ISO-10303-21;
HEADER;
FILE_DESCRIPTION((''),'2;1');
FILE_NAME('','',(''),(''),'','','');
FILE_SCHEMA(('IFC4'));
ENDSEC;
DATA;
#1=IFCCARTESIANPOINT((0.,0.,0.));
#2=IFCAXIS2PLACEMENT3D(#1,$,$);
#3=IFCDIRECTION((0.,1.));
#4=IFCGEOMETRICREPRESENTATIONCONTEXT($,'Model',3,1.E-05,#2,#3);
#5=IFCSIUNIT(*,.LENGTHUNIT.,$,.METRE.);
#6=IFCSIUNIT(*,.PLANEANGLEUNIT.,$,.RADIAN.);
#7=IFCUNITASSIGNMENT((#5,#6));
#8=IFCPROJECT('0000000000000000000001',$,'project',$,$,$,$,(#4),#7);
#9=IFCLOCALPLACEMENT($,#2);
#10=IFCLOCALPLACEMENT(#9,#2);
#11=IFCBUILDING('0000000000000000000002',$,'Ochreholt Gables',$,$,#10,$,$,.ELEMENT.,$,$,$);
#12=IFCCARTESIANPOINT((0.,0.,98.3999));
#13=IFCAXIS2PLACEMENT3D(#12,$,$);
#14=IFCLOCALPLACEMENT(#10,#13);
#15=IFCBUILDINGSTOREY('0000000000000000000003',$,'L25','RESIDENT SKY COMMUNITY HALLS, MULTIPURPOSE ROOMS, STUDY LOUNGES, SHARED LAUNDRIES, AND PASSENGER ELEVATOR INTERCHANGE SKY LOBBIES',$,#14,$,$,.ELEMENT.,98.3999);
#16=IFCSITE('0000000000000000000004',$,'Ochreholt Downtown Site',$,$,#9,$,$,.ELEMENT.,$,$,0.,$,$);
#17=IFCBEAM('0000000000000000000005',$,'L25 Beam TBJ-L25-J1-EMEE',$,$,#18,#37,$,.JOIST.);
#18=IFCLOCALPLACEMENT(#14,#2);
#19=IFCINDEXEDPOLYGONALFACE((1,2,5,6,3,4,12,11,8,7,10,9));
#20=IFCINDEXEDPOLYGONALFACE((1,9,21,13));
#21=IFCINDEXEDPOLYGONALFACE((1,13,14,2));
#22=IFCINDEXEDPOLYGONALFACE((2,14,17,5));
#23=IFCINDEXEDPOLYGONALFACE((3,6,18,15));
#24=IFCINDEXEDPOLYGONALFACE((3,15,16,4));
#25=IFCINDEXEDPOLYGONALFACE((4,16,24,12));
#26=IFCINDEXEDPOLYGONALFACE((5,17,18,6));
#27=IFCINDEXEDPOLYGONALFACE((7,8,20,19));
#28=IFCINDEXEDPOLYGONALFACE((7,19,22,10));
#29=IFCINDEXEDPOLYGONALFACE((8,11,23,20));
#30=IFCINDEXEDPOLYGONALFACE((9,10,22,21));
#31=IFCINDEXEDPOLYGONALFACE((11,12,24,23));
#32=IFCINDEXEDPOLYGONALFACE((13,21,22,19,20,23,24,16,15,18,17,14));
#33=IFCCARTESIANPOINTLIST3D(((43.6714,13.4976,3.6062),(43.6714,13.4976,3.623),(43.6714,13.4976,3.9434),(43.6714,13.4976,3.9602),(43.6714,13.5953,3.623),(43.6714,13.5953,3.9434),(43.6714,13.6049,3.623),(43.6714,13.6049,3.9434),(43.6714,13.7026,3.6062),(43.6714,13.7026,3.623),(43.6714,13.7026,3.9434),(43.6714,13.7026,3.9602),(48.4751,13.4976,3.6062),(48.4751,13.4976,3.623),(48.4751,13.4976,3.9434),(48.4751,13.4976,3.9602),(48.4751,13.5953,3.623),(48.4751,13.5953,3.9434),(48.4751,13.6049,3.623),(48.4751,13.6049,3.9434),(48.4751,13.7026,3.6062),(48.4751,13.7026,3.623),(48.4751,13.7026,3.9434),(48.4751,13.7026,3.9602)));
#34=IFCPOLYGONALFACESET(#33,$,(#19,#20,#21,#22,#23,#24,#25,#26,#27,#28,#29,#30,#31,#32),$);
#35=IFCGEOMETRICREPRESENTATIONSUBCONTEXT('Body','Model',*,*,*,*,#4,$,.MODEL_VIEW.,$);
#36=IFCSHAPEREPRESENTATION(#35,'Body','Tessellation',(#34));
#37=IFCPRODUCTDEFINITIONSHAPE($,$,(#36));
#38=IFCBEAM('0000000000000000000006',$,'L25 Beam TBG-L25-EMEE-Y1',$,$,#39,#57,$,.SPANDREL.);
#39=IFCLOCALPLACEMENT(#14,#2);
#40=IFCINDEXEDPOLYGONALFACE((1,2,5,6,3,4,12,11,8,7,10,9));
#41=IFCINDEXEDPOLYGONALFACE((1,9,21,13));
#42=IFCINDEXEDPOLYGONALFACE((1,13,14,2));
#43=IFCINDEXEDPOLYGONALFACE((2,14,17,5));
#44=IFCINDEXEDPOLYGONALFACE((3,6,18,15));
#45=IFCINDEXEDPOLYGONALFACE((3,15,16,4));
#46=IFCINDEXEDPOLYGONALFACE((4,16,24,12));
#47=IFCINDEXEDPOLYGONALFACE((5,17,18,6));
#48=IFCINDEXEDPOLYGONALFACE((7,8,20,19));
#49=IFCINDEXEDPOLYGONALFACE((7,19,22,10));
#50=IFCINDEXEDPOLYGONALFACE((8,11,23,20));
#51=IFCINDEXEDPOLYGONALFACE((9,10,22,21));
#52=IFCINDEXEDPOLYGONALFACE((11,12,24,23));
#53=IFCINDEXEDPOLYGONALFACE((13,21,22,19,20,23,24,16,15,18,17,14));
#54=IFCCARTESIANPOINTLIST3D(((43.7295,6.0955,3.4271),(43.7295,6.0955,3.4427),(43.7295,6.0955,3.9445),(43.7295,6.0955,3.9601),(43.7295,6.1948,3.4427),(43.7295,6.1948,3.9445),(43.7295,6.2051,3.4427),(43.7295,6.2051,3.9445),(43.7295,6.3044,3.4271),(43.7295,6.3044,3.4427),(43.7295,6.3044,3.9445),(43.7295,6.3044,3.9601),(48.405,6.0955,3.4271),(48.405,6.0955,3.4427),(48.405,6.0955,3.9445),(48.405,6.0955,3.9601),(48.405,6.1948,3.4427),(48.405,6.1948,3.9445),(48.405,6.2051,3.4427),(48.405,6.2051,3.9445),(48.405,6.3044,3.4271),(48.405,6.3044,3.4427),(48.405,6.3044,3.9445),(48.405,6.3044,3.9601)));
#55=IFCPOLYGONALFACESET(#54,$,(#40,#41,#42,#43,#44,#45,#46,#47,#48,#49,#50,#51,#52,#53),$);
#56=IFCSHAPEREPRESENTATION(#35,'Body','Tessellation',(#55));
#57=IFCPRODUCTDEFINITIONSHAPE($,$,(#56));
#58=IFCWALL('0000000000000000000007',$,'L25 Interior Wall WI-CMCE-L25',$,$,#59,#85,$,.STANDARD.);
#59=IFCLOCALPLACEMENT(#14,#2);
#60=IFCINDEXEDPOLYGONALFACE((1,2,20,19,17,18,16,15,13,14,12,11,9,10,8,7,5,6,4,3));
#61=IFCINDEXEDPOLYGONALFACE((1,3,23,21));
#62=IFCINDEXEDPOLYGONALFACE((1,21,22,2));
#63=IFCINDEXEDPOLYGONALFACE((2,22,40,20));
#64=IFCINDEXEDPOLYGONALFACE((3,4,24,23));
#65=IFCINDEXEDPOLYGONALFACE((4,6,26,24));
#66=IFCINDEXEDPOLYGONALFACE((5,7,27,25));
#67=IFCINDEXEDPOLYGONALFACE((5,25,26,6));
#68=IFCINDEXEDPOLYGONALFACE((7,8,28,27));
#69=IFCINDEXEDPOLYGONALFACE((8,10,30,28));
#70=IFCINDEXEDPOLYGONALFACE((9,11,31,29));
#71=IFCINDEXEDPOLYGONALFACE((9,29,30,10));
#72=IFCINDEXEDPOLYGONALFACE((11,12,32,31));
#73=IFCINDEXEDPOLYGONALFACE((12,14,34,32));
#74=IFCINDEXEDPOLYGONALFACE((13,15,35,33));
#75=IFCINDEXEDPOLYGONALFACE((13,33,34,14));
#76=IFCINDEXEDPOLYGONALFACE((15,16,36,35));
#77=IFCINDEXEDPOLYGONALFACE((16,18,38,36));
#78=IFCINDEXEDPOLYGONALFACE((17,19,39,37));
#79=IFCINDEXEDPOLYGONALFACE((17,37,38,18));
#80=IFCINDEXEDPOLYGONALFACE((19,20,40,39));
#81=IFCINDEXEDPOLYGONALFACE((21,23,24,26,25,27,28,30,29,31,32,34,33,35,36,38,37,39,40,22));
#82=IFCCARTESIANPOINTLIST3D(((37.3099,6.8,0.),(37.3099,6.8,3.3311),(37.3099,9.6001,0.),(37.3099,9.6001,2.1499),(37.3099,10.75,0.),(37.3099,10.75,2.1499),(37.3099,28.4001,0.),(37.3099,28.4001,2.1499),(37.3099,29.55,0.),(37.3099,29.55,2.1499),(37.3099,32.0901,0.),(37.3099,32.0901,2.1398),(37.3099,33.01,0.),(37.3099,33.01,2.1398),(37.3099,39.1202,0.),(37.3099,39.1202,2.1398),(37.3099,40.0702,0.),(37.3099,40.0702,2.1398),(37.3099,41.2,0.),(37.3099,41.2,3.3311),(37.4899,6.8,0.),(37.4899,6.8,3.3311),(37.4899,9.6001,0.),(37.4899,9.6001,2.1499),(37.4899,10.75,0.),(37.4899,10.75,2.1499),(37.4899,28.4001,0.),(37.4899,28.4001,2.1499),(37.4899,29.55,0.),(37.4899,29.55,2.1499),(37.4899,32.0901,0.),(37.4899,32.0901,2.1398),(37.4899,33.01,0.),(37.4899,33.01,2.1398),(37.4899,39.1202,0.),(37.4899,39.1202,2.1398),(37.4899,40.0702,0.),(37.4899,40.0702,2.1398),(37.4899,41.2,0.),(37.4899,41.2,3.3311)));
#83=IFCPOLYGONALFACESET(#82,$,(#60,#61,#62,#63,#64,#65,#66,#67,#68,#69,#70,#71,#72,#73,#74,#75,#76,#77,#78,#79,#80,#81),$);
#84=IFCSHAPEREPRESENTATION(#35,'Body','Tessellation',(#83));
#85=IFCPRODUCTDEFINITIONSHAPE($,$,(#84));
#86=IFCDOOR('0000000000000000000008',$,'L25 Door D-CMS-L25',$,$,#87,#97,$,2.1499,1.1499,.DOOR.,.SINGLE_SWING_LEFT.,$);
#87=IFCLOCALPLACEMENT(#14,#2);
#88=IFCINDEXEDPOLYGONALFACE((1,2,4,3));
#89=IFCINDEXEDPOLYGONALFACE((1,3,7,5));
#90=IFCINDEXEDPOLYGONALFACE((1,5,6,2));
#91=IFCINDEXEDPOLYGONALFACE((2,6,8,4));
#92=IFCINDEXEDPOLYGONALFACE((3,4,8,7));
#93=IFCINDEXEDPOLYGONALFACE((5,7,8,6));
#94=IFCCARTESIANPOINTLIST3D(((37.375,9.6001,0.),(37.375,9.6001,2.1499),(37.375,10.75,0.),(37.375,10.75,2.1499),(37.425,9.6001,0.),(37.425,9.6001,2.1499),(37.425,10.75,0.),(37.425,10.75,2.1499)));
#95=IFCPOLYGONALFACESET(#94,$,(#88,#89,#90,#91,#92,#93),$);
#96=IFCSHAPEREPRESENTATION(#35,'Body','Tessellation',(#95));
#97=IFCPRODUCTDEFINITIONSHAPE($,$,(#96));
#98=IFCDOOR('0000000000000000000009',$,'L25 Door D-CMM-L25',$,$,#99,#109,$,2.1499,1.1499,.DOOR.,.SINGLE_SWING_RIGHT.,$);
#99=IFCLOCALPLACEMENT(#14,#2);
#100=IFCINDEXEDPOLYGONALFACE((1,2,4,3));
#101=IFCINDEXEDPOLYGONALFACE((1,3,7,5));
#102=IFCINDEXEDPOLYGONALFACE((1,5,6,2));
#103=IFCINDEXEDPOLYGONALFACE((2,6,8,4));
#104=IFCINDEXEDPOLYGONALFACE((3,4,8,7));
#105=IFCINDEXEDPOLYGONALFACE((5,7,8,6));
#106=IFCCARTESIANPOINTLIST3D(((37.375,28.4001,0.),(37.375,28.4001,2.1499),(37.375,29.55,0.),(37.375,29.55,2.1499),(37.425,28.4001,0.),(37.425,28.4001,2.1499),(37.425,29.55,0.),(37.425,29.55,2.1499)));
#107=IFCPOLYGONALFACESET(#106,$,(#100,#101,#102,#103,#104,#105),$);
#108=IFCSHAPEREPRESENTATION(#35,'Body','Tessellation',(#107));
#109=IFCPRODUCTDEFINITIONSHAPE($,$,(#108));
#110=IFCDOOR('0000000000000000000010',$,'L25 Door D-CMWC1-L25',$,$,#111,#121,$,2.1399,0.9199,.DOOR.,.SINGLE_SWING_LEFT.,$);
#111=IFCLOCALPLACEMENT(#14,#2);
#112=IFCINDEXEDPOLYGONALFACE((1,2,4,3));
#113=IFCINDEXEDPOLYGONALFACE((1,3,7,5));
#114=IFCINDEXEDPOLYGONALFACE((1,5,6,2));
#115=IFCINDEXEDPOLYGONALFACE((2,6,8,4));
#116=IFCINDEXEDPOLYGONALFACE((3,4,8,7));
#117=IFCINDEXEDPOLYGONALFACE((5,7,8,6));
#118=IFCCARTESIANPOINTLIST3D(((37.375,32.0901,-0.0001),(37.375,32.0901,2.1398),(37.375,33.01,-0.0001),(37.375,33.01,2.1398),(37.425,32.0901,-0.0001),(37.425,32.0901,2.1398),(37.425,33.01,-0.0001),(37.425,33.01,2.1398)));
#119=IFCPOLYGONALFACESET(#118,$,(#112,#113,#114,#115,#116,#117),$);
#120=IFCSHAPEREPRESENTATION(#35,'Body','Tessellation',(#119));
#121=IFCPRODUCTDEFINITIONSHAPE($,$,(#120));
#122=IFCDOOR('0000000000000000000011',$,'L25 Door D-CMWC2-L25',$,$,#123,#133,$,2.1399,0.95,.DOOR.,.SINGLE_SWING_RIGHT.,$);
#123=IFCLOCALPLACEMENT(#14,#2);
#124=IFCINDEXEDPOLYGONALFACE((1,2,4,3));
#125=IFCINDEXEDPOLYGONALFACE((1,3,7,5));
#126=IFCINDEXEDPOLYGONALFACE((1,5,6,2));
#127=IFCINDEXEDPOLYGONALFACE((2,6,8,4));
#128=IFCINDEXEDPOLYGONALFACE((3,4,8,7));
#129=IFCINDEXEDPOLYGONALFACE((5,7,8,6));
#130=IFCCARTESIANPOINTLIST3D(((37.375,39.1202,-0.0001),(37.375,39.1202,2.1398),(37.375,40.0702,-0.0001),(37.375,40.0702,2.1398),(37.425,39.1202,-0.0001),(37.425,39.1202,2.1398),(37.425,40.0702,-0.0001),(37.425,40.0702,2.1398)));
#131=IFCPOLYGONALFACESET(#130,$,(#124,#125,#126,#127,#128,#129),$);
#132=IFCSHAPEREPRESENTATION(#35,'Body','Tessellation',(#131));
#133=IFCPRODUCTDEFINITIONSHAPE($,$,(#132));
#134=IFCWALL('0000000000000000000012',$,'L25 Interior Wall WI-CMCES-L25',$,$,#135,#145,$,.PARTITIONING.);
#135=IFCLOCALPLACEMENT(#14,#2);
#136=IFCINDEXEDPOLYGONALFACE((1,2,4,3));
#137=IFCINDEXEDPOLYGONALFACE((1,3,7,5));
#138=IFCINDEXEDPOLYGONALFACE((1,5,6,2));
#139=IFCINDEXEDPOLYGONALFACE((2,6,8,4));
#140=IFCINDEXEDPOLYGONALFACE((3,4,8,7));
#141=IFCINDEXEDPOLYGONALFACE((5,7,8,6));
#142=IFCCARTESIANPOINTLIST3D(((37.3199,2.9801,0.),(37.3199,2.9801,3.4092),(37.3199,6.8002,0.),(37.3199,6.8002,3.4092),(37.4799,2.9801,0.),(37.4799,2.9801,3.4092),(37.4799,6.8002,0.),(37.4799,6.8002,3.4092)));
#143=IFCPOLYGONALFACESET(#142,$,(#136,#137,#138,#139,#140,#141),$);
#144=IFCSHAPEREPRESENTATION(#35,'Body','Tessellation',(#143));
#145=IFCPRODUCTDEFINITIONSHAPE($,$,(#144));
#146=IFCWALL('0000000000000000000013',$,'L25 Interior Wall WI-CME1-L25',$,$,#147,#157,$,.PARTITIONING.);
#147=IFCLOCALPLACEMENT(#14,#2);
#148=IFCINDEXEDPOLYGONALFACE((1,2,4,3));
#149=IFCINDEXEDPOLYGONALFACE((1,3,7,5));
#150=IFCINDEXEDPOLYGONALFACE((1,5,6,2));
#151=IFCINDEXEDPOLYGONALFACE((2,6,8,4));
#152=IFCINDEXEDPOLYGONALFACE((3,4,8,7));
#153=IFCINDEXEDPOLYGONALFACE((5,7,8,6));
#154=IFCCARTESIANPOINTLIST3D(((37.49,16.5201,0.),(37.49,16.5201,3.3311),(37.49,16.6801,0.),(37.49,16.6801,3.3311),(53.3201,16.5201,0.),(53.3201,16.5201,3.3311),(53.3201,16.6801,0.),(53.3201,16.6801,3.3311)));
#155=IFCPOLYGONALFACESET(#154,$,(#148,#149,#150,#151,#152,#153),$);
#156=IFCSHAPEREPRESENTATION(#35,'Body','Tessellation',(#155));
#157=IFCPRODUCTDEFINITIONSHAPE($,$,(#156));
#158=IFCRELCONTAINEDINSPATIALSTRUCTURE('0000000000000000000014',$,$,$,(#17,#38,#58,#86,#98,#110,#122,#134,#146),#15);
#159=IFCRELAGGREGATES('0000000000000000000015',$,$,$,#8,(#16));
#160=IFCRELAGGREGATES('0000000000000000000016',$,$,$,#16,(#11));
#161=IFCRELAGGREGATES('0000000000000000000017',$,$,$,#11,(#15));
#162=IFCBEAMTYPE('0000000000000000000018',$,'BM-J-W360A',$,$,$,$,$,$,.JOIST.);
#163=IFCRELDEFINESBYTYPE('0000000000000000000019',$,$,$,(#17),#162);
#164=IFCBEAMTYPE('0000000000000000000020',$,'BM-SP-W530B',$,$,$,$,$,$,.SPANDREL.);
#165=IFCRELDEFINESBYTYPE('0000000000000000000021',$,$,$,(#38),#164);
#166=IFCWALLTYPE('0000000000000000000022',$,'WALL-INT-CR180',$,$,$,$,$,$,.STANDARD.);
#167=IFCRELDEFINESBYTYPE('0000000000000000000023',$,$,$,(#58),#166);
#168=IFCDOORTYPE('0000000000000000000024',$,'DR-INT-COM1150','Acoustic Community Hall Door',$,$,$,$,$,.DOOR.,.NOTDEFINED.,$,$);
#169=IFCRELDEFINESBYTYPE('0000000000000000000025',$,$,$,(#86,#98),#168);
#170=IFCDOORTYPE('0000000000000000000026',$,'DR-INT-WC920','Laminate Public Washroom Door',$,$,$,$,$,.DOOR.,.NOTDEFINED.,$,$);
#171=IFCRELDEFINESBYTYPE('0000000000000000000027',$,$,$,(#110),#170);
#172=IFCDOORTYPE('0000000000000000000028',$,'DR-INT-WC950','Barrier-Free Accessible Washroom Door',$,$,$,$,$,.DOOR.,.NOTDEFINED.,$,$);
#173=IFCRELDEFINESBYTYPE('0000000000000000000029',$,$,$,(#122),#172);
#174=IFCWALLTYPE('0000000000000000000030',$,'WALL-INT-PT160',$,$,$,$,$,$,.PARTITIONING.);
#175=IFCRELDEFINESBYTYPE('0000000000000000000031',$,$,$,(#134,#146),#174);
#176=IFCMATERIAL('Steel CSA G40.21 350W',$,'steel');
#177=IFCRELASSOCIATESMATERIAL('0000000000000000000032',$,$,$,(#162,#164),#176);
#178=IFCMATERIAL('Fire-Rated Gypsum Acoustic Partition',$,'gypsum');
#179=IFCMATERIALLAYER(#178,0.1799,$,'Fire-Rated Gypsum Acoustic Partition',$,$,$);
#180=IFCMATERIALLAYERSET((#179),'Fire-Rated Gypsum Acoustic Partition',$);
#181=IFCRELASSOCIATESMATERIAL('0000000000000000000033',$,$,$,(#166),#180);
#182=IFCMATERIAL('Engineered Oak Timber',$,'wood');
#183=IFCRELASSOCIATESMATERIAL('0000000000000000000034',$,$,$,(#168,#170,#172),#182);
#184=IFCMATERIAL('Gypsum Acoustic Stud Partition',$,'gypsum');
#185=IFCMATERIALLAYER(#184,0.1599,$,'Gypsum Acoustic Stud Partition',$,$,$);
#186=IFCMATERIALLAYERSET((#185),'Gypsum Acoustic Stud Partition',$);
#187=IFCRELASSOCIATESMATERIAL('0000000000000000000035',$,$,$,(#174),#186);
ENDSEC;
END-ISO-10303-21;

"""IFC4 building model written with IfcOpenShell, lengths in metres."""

from ifc_helpers import new_model, si_unit, direction, frame, frame_2d, origin, origin_2d, place, context, subcontext, project, spatial, rectangle, i_section, extrude, material, layer, layer_set, material_profile, profile_set, type_object, element, fill, save


model = new_model("IFC4")

# Units and contexts
model_context = context("Model", 3, precision=1e-05, world=origin(), true_north=direction((0.0, 1.0)))
body_context = subcontext(model_context, "Body", "Model", "MODEL_VIEW")
ifc_project = project(units=[si_unit("LENGTHUNIT", "METRE"), si_unit("PLANEANGLEUNIT", "RADIAN")], contexts=[model_context])

# Site, building, storey
site_placement = place(None, origin())
site = spatial("IfcSite", under=ifc_project, at=site_placement, Name="Ochreholt Downtown Site", CompositionType="ELEMENT", RefElevation=0.0)
building_placement = place(site_placement, origin())
building = spatial("IfcBuilding", under=site, at=building_placement, Name="Ochreholt Gables", CompositionType="ELEMENT")
storey_placement = place(building_placement, frame((0.0, 0.0, 98.3999)))
storey = spatial("IfcBuildingStorey", under=building, at=storey_placement, Name="L25", Description="RESIDENT SKY COMMUNITY HALLS, MULTIPURPOSE ROOMS, STUDY LOUNGES, SHARED LAUNDRIES, AND PASSENGER ELEVATOR INTERCHANGE SKY LOBBIES", CompositionType="ELEMENT", Elevation=98.3999)

# Shared definitions
ifc_material_1 = material(Name="Steel CSA G40.21 350W", Category="steel")

# Beams
ifc_material_profile_1 = material_profile(ifc_material_1, i_section(OverallWidth=0.2051, OverallDepth=0.354, WebThickness=0.0095, FlangeThickness=0.0168, at=origin_2d()), Name="W360X79")
ifc_profile_set_1 = profile_set([ifc_material_profile_1], Name="Steel CSA G40.21 350W")
beam_type_1 = type_object("IfcBeamType", Name="BM-J-W360A", PredefinedType="JOIST", material=ifc_profile_set_1)
beam_1_placement = place(storey_placement, frame((43.6714, 13.6001, 3.7832), z_axis=(1.0, 0.0, 0.0), x_axis=(0.0, 1.0, 0.0)))
element("IfcBeam", 1, at=beam_1_placement, inside=storey, type_object=beam_type_1, Name="L25 Beam TBJ-L25-J1-EMEE", PredefinedType="JOIST", context=body_context, shape_type="SweptSolid", body=[
    extrude(i_section(OverallWidth=0.2051, OverallDepth=0.354, WebThickness=0.0095, FlangeThickness=0.0168, at=origin_2d()), origin(), (0.0, 0.0, 1.0), 4.8037),
])
ifc_material_profile_2 = material_profile(ifc_material_1, i_section(OverallWidth=0.209, OverallDepth=0.533, WebThickness=0.0103, FlangeThickness=0.0156, at=origin_2d()), Name="W530X92")
ifc_profile_set_2 = profile_set([ifc_material_profile_2], Name="Steel CSA G40.21 350W")
beam_type_2 = type_object("IfcBeamType", Name="BM-SP-W530B", PredefinedType="SPANDREL", material=ifc_profile_set_2)
beam_2_placement = place(storey_placement, frame((43.7295, 6.2, 3.6936), z_axis=(1.0, 0.0, 0.0), x_axis=(0.0, 1.0, 0.0)))
element("IfcBeam", 2, at=beam_2_placement, inside=storey, type_object=beam_type_2, Name="L25 Beam TBG-L25-EMEE-Y1", PredefinedType="SPANDREL", context=body_context, shape_type="SweptSolid", body=[
    extrude(i_section(OverallWidth=0.209, OverallDepth=0.533, WebThickness=0.0103, FlangeThickness=0.0156, at=origin_2d()), origin(), (0.0, 0.0, 1.0), 4.6755),
])

# Wall, openings, doors
ifc_material_2 = material(Name="Fire-Rated Gypsum Acoustic Partition", Category="gypsum")
ifc_layer_1 = layer(ifc_material_2, 0.1799, Name="Fire-Rated Gypsum Acoustic Partition")
ifc_layer_set_1 = layer_set([ifc_layer_1], Name="Fire-Rated Gypsum Acoustic Partition")
wall_type_1 = type_object("IfcWallType", Name="WALL-INT-CR180", PredefinedType="STANDARD", material=ifc_layer_set_1)
wall_1_placement = place(storey_placement, frame((37.3999, 6.8, 0.0), z_axis=(0.0, 0.0, 1.0), x_axis=(0.0, 1.0, 0.0)))
wall_1 = element("IfcWall", 3, at=wall_1_placement, inside=storey, type_object=wall_type_1, Name="L25 Interior Wall WI-CMCE-L25", PredefinedType="STANDARD", context=body_context, shape_type="SweptSolid", body=[
    extrude(rectangle(XDim=34.3999, YDim=0.1799, at=frame_2d((17.2, 0.0))), origin(), (0.0, 0.0, 1.0), 3.3311),
])
opening_1_placement = place(wall_1_placement, frame((25.29, 0.0, 0.0)))
opening_1 = element("IfcOpeningElement", 4, at=opening_1_placement, cuts=wall_1, PredefinedType="OPENING", context=body_context, shape_type="SweptSolid", body=[
    extrude(rectangle(XDim=0.9199, YDim=2.1399, at=frame_2d((0.46, 1.0698))), frame((0.0, 0.0999, 0.0), z_axis=(0.0, -1.0, 0.0), x_axis=(1.0, 0.0, 0.0)), (0.0, 0.0, 1.0), 0.2),
])
opening_2_placement = place(wall_1_placement, frame((32.3201, 0.0, 0.0)))
opening_2 = element("IfcOpeningElement", 5, at=opening_2_placement, cuts=wall_1, PredefinedType="OPENING", context=body_context, shape_type="SweptSolid", body=[
    extrude(rectangle(XDim=0.95, YDim=2.1399, at=frame_2d((0.4751, 1.0698))), frame((0.0, 0.0999, 0.0), z_axis=(0.0, -1.0, 0.0), x_axis=(1.0, 0.0, 0.0)), (0.0, 0.0, 1.0), 0.2),
])
opening_3_placement = place(wall_1_placement, frame((2.8, 0.0, 0.0)))
opening_3 = element("IfcOpeningElement", 6, at=opening_3_placement, cuts=wall_1, PredefinedType="OPENING", context=body_context, shape_type="SweptSolid", body=[
    extrude(rectangle(XDim=1.1499, YDim=2.1499, at=frame_2d((0.575, 1.075))), frame((0.0, 0.0999, 0.0), z_axis=(0.0, -1.0, 0.0), x_axis=(1.0, 0.0, 0.0)), (0.0, 0.0, 1.0), 0.2),
])
opening_4_placement = place(wall_1_placement, frame((21.6001, 0.0, 0.0)))
opening_4 = element("IfcOpeningElement", 7, at=opening_4_placement, cuts=wall_1, PredefinedType="OPENING", context=body_context, shape_type="SweptSolid", body=[
    extrude(rectangle(XDim=1.1499, YDim=2.1499, at=frame_2d((0.575, 1.075))), frame((0.0, 0.0999, 0.0), z_axis=(0.0, -1.0, 0.0), x_axis=(1.0, 0.0, 0.0)), (0.0, 0.0, 1.0), 0.2),
])
ifc_material_3 = material(Name="Engineered Oak Timber", Category="wood")
door_type_1 = type_object("IfcDoorType", Name="DR-INT-COM1150", Description="Acoustic Community Hall Door", OperationType="NOTDEFINED", PredefinedType="DOOR", material=ifc_material_3)
door_1_placement = place(opening_3_placement, origin())
door_1 = element("IfcDoor", 8, at=door_1_placement, inside=storey, type_object=door_type_1, Name="L25 Door D-CMS-L25", OperationType="SINGLE_SWING_LEFT", OverallHeight=2.1499, OverallWidth=1.1499, PredefinedType="DOOR", context=body_context, shape_type="SweptSolid", body=[
    extrude(rectangle(XDim=1.1499, YDim=2.1499, at=frame_2d((0.575, 1.075))), frame((0.0, 0.0249, 0.0), z_axis=(0.0, -1.0, 0.0), x_axis=(1.0, 0.0, 0.0)), (0.0, 0.0, 1.0), 0.05),
])
fill(opening_3, door_1)
door_2_placement = place(opening_4_placement, origin())
door_2 = element("IfcDoor", 9, at=door_2_placement, inside=storey, type_object=door_type_1, Name="L25 Door D-CMM-L25", OperationType="SINGLE_SWING_RIGHT", OverallHeight=2.1499, OverallWidth=1.1499, PredefinedType="DOOR", context=body_context, shape_type="SweptSolid", body=[
    extrude(rectangle(XDim=1.1499, YDim=2.1499, at=frame_2d((0.575, 1.075))), frame((0.0, 0.0249, 0.0), z_axis=(0.0, -1.0, 0.0), x_axis=(1.0, 0.0, 0.0)), (0.0, 0.0, 1.0), 0.05),
])
fill(opening_4, door_2)
door_type_2 = type_object("IfcDoorType", Name="DR-INT-WC920", Description="Laminate Public Washroom Door", OperationType="NOTDEFINED", PredefinedType="DOOR", material=ifc_material_3)
door_3_placement = place(opening_1_placement, origin())
door_3 = element("IfcDoor", 10, at=door_3_placement, inside=storey, type_object=door_type_2, Name="L25 Door D-CMWC1-L25", OperationType="SINGLE_SWING_LEFT", OverallHeight=2.1399, OverallWidth=0.9199, PredefinedType="DOOR", context=body_context, shape_type="SweptSolid", body=[
    extrude(rectangle(XDim=0.9199, YDim=2.1399, at=frame_2d((0.46, 1.0698))), frame((0.0, 0.0249, 0.0), z_axis=(0.0, -1.0, 0.0), x_axis=(1.0, 0.0, 0.0)), (0.0, 0.0, 1.0), 0.05),
])
fill(opening_1, door_3)
door_type_3 = type_object("IfcDoorType", Name="DR-INT-WC950", Description="Barrier-Free Accessible Washroom Door", OperationType="NOTDEFINED", PredefinedType="DOOR", material=ifc_material_3)
door_4_placement = place(opening_2_placement, origin())
door_4 = element("IfcDoor", 11, at=door_4_placement, inside=storey, type_object=door_type_3, Name="L25 Door D-CMWC2-L25", OperationType="SINGLE_SWING_RIGHT", OverallHeight=2.1399, OverallWidth=0.95, PredefinedType="DOOR", context=body_context, shape_type="SweptSolid", body=[
    extrude(rectangle(XDim=0.95, YDim=2.1399, at=frame_2d((0.4751, 1.0698))), frame((0.0, 0.0249, 0.0), z_axis=(0.0, -1.0, 0.0), x_axis=(1.0, 0.0, 0.0)), (0.0, 0.0, 1.0), 0.05),
])
fill(opening_2, door_4)

# Walls
ifc_material_4 = material(Name="Gypsum Acoustic Stud Partition", Category="gypsum")
ifc_layer_2 = layer(ifc_material_4, 0.1599, Name="Gypsum Acoustic Stud Partition")
ifc_layer_set_2 = layer_set([ifc_layer_2], Name="Gypsum Acoustic Stud Partition")
wall_type_2 = type_object("IfcWallType", Name="WALL-INT-PT160", PredefinedType="PARTITIONING", material=ifc_layer_set_2)
wall_2_placement = place(storey_placement, frame((37.3999, 2.98, 0.0), z_axis=(0.0, 0.0, 1.0), x_axis=(0.0, 1.0, 0.0)))
element("IfcWall", 12, at=wall_2_placement, inside=storey, type_object=wall_type_2, Name="L25 Interior Wall WI-CMCES-L25", PredefinedType="PARTITIONING", context=body_context, shape_type="SweptSolid", body=[
    extrude(rectangle(XDim=3.8201, YDim=0.1599, at=frame_2d((1.9102, 0.0))), origin(), (0.0, 0.0, 1.0), 3.4092),
])
wall_3_placement = place(storey_placement, frame((37.49, 16.6001, 0.0), z_axis=(0.0, 0.0, 1.0), x_axis=(1.0, 0.0, 0.0)))
element("IfcWall", 13, at=wall_3_placement, inside=storey, type_object=wall_type_2, Name="L25 Interior Wall WI-CME1-L25", PredefinedType="PARTITIONING", context=body_context, shape_type="SweptSolid", body=[
    extrude(rectangle(XDim=15.8301, YDim=0.1599, at=frame_2d((7.915, 0.0))), origin(), (0.0, 0.0, 1.0), 3.3311),
])

save(model, "model.ifc")
